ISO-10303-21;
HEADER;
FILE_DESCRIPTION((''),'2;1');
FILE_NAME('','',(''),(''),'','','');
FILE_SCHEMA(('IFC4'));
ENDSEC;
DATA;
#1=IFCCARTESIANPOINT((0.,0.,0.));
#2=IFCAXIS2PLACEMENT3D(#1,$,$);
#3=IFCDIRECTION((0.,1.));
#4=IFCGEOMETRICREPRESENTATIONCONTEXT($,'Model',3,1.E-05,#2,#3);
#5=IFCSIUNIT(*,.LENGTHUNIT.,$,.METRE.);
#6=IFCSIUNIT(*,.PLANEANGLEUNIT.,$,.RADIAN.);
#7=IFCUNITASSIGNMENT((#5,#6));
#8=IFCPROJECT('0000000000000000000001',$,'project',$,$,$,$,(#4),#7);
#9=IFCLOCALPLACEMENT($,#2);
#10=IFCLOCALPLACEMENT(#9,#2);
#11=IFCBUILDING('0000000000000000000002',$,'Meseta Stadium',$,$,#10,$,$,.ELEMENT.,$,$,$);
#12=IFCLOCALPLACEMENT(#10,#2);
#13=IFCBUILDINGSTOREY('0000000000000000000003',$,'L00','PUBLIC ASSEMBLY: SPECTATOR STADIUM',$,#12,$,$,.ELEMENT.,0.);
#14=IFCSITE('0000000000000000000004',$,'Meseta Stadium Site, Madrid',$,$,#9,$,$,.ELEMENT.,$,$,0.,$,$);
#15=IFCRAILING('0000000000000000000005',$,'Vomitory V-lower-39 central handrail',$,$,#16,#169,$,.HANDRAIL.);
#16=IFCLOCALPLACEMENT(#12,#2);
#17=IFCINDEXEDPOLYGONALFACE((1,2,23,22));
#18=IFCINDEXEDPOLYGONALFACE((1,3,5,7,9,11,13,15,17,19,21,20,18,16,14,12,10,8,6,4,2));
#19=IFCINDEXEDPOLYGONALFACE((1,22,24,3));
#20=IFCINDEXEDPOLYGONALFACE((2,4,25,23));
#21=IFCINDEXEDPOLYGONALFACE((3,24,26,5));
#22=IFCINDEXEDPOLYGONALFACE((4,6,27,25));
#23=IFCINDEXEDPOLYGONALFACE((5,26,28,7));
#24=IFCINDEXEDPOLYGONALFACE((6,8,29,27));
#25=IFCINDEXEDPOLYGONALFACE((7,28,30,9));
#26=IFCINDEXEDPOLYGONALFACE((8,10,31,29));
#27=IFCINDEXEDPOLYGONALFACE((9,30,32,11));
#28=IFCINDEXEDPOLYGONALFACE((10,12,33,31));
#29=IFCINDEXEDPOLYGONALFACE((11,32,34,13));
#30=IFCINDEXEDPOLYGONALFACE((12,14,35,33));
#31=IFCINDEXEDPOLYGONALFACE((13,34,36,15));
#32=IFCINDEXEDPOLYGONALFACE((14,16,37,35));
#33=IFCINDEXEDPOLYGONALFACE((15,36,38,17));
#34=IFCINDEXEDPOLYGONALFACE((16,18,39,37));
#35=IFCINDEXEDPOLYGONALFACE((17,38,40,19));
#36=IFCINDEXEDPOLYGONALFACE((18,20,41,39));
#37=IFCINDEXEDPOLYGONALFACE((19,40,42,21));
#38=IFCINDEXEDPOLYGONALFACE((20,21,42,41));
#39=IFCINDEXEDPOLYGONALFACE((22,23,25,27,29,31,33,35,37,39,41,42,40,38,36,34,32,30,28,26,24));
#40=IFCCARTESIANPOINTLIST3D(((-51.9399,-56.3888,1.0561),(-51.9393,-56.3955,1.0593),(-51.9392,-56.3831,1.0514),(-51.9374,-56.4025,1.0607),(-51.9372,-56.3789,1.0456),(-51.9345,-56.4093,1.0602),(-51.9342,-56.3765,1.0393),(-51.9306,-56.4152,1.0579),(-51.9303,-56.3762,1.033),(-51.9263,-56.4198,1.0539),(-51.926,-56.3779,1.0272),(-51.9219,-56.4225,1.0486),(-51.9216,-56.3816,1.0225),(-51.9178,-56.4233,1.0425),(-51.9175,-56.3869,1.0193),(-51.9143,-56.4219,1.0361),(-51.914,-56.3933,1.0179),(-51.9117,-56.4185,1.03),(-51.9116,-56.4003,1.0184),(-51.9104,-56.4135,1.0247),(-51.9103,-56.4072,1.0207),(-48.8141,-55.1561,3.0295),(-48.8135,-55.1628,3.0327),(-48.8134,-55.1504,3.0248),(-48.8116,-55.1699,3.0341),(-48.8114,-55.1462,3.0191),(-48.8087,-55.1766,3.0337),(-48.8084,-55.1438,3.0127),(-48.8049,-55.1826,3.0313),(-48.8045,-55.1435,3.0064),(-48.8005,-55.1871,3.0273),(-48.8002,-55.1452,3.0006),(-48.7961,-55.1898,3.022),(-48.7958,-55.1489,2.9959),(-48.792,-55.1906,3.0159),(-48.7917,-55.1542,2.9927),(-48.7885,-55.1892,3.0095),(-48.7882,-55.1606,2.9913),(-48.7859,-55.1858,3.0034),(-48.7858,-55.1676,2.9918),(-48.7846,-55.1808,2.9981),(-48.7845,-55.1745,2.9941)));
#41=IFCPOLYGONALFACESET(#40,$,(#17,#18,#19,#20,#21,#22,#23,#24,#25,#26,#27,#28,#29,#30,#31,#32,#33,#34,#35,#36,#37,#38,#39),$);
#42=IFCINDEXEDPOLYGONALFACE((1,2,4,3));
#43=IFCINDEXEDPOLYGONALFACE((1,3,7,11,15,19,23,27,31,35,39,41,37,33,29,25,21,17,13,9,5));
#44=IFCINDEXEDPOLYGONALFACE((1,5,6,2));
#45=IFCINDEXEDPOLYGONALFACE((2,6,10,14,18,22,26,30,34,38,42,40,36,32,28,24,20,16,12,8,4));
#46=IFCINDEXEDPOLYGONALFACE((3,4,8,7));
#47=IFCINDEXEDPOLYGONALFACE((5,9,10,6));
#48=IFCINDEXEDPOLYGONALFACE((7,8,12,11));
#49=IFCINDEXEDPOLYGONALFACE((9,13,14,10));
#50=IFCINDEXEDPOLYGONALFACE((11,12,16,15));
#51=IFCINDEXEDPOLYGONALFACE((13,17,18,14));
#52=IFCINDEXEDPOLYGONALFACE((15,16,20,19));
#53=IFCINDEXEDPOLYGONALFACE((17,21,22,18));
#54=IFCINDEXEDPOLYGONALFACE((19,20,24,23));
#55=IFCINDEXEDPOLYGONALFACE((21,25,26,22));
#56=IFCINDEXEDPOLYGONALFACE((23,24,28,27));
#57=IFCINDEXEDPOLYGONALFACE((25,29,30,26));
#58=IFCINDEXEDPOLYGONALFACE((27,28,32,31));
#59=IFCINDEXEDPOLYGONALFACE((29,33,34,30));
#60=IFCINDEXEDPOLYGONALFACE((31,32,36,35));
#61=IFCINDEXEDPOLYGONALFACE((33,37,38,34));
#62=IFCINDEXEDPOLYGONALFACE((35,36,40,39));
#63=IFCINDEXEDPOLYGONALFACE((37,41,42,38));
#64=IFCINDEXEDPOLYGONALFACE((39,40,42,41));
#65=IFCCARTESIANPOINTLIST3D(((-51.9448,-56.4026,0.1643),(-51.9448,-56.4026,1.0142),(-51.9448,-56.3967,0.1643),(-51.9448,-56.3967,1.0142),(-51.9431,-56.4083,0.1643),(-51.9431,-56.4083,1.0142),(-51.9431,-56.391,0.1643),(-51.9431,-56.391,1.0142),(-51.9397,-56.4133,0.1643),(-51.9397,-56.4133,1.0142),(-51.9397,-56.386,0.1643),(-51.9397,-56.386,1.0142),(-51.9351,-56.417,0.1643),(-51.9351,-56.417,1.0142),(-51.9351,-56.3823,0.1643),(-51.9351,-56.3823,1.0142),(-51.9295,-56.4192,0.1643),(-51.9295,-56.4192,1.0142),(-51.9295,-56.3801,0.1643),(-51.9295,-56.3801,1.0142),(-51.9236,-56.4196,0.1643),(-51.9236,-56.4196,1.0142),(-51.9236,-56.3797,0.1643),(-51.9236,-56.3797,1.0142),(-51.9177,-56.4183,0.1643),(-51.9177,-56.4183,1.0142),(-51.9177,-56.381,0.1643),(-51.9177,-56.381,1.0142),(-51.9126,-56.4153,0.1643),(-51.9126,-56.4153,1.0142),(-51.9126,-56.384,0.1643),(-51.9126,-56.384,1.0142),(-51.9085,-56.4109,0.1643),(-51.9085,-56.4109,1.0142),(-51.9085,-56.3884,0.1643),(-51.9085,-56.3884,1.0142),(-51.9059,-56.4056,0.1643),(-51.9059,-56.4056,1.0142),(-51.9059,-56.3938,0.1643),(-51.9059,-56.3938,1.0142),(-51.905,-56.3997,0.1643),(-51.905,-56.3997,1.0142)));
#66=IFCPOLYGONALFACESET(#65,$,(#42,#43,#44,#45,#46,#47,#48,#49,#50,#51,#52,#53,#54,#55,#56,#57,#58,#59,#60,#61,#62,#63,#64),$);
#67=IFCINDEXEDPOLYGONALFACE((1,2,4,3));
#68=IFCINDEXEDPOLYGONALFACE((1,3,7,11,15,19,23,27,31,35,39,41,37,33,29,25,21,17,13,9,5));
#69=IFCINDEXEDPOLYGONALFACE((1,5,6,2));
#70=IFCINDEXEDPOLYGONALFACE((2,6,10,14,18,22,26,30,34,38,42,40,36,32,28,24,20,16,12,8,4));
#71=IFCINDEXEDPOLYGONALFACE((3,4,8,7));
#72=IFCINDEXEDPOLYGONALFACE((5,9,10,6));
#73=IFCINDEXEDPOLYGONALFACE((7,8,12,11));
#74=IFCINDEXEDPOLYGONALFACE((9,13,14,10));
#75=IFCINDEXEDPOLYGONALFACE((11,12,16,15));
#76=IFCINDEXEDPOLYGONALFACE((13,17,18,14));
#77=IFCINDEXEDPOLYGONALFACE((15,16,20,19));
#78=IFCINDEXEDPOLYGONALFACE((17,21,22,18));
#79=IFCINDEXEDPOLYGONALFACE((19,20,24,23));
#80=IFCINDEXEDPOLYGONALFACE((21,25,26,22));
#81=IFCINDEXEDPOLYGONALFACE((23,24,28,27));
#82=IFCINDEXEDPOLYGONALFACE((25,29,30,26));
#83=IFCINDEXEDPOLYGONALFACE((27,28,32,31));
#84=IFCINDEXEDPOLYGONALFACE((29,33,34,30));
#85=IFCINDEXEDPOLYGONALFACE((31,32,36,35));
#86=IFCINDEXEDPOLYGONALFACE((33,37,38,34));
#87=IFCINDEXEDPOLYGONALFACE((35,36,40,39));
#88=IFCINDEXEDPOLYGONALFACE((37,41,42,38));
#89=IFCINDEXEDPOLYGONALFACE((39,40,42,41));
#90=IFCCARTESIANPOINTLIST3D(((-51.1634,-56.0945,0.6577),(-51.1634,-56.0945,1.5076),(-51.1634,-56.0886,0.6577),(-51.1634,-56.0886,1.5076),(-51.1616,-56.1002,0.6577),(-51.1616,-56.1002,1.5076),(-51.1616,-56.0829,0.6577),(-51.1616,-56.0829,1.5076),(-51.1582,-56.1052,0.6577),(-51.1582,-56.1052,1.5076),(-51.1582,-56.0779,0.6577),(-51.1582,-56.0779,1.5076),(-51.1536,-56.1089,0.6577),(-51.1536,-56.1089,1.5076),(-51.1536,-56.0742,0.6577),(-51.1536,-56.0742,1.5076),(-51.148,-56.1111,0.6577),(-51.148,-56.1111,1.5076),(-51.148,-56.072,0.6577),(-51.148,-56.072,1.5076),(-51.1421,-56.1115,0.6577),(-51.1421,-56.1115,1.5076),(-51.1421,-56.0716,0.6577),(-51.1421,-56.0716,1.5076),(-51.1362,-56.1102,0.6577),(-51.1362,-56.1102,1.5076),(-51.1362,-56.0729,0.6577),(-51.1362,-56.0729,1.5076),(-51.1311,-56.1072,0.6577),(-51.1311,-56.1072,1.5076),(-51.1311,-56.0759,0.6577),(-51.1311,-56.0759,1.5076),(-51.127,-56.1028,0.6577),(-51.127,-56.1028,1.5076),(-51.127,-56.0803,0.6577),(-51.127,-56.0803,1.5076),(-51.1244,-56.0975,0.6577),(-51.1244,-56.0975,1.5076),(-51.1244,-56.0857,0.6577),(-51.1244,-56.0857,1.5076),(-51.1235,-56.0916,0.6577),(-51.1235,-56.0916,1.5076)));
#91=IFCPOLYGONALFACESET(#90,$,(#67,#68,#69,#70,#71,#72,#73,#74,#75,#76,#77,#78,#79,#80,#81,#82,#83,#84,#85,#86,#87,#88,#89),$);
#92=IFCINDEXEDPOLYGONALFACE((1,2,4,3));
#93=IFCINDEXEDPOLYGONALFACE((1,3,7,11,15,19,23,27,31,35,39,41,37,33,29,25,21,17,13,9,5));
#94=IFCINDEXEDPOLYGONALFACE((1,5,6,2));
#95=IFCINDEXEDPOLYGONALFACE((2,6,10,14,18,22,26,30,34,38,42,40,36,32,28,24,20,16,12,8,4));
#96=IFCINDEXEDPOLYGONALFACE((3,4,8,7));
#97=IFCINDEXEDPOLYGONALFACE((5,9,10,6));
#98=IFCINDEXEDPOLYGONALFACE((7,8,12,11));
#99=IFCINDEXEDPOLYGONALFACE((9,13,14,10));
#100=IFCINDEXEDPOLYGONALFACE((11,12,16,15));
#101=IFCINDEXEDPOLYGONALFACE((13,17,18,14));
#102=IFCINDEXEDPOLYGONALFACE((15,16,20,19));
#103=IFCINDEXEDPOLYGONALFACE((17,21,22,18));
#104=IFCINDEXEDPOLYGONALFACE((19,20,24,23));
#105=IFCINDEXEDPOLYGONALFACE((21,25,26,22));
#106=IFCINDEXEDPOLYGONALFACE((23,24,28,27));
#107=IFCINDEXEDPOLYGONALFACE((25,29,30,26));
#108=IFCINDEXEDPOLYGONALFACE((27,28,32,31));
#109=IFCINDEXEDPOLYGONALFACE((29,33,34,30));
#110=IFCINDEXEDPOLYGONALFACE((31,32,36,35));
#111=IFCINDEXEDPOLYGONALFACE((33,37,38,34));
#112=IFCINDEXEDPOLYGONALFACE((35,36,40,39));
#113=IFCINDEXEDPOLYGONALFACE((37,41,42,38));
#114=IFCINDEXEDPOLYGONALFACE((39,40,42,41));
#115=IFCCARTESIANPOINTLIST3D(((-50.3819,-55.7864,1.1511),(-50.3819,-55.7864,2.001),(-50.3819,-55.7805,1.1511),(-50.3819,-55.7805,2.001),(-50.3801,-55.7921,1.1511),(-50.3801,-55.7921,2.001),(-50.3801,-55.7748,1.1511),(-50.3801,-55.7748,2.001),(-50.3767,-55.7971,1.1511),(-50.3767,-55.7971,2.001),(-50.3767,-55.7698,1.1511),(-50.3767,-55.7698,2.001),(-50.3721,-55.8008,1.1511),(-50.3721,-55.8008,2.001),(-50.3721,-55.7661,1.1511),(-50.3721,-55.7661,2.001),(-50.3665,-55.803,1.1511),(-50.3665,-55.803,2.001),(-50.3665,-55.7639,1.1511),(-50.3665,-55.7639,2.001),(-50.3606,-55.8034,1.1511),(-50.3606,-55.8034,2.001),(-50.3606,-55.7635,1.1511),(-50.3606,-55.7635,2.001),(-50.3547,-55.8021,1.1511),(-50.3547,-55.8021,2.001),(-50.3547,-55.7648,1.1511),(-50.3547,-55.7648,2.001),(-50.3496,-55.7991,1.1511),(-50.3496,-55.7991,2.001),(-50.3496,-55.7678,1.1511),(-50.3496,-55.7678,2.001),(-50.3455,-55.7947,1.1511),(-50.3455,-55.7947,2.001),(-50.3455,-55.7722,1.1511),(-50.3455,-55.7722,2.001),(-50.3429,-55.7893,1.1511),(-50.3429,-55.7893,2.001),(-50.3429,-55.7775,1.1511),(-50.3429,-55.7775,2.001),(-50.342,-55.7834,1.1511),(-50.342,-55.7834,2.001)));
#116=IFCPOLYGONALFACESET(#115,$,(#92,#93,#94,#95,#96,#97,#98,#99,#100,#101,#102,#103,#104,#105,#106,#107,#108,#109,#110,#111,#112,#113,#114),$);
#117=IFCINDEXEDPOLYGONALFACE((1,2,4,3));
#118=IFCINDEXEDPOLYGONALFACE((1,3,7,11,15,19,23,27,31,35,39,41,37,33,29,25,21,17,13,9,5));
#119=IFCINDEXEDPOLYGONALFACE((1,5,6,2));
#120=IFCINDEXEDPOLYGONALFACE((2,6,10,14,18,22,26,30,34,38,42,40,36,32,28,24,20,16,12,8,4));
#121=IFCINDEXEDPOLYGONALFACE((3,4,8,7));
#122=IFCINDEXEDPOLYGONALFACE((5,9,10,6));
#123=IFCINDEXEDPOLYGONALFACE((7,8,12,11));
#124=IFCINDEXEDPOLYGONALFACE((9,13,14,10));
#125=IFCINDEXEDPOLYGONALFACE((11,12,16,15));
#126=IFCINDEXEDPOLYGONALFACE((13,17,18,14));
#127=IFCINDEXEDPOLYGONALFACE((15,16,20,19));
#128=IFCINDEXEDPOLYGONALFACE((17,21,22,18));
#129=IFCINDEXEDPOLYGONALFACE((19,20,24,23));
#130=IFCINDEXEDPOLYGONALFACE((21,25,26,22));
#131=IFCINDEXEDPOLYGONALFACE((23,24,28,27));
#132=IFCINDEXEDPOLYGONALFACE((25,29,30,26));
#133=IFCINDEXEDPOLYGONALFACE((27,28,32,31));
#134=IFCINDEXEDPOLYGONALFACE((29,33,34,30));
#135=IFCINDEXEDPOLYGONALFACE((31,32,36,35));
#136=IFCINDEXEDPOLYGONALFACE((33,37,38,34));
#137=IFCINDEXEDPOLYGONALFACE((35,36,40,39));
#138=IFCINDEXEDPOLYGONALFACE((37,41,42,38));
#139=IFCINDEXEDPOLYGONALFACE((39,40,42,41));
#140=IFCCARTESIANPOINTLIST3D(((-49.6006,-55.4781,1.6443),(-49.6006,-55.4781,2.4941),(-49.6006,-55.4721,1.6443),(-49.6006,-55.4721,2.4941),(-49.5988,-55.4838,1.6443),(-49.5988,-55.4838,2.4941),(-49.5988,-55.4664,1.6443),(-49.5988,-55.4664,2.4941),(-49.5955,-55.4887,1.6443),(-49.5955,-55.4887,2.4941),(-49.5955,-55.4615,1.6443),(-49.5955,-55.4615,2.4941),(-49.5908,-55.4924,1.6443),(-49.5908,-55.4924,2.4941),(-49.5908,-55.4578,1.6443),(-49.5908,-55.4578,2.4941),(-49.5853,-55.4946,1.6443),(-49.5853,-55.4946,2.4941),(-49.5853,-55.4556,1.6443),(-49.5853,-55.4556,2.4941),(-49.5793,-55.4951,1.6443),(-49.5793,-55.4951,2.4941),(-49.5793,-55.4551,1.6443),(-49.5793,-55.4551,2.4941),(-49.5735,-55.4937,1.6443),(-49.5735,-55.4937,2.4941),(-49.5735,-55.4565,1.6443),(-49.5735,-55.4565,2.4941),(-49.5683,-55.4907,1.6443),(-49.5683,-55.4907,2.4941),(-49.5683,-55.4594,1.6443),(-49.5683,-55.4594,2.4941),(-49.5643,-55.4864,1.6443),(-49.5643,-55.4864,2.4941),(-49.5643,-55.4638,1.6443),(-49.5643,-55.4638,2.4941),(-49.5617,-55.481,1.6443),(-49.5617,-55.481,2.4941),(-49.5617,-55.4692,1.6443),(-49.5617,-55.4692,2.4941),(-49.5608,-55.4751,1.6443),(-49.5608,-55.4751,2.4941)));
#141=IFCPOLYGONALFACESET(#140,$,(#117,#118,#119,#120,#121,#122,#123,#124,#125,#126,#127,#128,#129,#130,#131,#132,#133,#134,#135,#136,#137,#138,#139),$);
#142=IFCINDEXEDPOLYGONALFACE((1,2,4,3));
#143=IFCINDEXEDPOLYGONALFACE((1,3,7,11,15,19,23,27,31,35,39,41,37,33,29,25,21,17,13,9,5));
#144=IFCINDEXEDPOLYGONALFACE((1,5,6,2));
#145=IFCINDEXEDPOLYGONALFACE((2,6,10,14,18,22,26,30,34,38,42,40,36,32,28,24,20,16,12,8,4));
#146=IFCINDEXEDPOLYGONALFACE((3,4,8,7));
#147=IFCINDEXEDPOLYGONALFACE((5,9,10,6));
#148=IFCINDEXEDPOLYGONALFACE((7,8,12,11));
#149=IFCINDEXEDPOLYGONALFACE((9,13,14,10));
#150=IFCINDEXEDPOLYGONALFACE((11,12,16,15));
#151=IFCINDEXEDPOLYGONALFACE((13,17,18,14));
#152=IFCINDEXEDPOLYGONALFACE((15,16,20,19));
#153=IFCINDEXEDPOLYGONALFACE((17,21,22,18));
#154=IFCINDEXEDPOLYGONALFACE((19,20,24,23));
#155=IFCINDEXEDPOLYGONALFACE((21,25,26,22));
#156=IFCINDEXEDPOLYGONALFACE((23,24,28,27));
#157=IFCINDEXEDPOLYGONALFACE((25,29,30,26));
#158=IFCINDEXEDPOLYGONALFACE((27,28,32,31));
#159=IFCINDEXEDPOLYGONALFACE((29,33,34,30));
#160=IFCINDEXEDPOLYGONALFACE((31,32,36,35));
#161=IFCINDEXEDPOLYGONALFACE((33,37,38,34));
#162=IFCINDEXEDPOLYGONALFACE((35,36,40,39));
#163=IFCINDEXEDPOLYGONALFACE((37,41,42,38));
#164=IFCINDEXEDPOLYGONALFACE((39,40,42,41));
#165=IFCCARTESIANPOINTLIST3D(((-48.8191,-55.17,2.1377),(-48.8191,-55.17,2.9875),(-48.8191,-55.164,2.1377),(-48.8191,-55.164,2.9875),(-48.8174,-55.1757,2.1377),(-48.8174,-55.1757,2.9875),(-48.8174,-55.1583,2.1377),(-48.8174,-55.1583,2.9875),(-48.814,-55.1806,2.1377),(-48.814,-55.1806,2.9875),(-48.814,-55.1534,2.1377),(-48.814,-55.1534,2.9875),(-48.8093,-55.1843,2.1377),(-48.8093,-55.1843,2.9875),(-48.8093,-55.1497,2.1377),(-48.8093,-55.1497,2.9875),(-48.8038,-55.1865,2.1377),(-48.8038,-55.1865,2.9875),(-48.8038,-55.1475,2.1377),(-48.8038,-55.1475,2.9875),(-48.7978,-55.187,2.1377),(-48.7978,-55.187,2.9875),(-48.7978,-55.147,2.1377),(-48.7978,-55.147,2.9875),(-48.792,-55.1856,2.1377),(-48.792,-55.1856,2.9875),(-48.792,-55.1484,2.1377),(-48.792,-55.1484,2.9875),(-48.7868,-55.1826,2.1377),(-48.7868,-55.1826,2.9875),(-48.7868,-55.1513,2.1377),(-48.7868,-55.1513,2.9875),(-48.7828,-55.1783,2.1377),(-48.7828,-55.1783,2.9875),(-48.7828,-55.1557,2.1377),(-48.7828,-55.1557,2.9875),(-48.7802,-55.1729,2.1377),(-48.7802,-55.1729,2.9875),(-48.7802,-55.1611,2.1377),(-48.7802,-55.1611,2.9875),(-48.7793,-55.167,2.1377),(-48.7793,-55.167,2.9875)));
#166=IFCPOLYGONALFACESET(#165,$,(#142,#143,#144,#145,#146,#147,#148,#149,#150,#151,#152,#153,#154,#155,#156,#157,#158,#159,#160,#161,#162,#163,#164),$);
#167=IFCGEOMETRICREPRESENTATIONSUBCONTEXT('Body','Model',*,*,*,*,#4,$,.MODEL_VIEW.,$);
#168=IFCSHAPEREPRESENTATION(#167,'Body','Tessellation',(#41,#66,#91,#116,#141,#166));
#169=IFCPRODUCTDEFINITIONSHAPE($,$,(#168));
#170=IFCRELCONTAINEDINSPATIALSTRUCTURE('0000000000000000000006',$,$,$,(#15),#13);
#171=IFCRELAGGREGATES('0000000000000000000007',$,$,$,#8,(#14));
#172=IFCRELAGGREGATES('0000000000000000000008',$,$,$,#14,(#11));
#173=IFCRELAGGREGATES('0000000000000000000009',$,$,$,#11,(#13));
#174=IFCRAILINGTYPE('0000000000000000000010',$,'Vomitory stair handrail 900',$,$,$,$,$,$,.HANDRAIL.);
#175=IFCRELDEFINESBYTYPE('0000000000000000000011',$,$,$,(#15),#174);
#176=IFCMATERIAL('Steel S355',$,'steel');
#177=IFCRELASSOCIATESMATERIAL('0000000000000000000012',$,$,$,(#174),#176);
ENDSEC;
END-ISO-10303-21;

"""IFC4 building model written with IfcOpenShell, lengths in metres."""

from ifc_helpers import new_model, si_unit, direction, frame, origin, origin_2d, place, context, subcontext, project, spatial, circle, extrude, material, type_object, element, save


model = new_model("IFC4")

# Units and contexts
model_context = context("Model", 3, precision=1e-05, world=origin(), true_north=direction((0.0, 1.0)))
body_context = subcontext(model_context, "Body", "Model", "MODEL_VIEW")
ifc_project = project(units=[si_unit("LENGTHUNIT", "METRE"), si_unit("PLANEANGLEUNIT", "RADIAN")], contexts=[model_context])

# Site, building, storey
site_placement = place(None, origin())
site = spatial("IfcSite", under=ifc_project, at=site_placement, Name="Meseta Stadium Site, Madrid", CompositionType="ELEMENT", RefElevation=0.0)
building_placement = place(site_placement, origin())
building = spatial("IfcBuilding", under=site, at=building_placement, Name="Meseta Stadium", CompositionType="ELEMENT")
storey_placement = place(building_placement, origin())
storey = spatial("IfcBuildingStorey", under=building, at=storey_placement, Name="L00", Description="PUBLIC ASSEMBLY: SPECTATOR STADIUM", CompositionType="ELEMENT", Elevation=0.0)

# Railing
ifc_material_1 = material(Name="Steel S355", Category="steel")
railing_type_1 = type_object("IfcRailingType", Name="Vomitory stair handrail 900", PredefinedType="HANDRAIL", material=ifc_material_1)
railing_1_placement = place(storey_placement, frame((-51.925, -56.3997, 0.1643)))
element("IfcRailing", 1, at=railing_1_placement, inside=storey, type_object=railing_type_1, Name="Vomitory V-lower-39 central handrail", PredefinedType="HANDRAIL", context=body_context, shape_type="SweptSolid", body=[
    extrude(circle(Radius=0.0249, at=origin_2d()), frame((0.0, 0.0, 0.875), z_axis=(0.802158, 0.316339, 0.506431), x_axis=(-0.366864, 0.930275, 0.0)), (0.0, 0.0, 1.0), 3.8967),
    extrude(circle(Radius=0.02, at=origin_2d()), origin(), (0.0, 0.0, 1.0), 0.8499),
    extrude(circle(Radius=0.02, at=origin_2d()), frame((0.7815, 0.3081, 0.4934)), (0.0, 0.0, 1.0), 0.8499),
    extrude(circle(Radius=0.02, at=origin_2d()), frame((1.563, 0.6162, 0.9868)), (0.0, 0.0, 1.0), 0.8499),
    extrude(circle(Radius=0.02, at=origin_2d()), frame((2.3442, 0.9246, 1.48)), (0.0, 0.0, 1.0), 0.8499),
    extrude(circle(Radius=0.02, at=origin_2d()), frame((3.1257, 1.2327, 1.9734)), (0.0, 0.0, 1.0), 0.8499),
])

save(model, "model.ifc")
